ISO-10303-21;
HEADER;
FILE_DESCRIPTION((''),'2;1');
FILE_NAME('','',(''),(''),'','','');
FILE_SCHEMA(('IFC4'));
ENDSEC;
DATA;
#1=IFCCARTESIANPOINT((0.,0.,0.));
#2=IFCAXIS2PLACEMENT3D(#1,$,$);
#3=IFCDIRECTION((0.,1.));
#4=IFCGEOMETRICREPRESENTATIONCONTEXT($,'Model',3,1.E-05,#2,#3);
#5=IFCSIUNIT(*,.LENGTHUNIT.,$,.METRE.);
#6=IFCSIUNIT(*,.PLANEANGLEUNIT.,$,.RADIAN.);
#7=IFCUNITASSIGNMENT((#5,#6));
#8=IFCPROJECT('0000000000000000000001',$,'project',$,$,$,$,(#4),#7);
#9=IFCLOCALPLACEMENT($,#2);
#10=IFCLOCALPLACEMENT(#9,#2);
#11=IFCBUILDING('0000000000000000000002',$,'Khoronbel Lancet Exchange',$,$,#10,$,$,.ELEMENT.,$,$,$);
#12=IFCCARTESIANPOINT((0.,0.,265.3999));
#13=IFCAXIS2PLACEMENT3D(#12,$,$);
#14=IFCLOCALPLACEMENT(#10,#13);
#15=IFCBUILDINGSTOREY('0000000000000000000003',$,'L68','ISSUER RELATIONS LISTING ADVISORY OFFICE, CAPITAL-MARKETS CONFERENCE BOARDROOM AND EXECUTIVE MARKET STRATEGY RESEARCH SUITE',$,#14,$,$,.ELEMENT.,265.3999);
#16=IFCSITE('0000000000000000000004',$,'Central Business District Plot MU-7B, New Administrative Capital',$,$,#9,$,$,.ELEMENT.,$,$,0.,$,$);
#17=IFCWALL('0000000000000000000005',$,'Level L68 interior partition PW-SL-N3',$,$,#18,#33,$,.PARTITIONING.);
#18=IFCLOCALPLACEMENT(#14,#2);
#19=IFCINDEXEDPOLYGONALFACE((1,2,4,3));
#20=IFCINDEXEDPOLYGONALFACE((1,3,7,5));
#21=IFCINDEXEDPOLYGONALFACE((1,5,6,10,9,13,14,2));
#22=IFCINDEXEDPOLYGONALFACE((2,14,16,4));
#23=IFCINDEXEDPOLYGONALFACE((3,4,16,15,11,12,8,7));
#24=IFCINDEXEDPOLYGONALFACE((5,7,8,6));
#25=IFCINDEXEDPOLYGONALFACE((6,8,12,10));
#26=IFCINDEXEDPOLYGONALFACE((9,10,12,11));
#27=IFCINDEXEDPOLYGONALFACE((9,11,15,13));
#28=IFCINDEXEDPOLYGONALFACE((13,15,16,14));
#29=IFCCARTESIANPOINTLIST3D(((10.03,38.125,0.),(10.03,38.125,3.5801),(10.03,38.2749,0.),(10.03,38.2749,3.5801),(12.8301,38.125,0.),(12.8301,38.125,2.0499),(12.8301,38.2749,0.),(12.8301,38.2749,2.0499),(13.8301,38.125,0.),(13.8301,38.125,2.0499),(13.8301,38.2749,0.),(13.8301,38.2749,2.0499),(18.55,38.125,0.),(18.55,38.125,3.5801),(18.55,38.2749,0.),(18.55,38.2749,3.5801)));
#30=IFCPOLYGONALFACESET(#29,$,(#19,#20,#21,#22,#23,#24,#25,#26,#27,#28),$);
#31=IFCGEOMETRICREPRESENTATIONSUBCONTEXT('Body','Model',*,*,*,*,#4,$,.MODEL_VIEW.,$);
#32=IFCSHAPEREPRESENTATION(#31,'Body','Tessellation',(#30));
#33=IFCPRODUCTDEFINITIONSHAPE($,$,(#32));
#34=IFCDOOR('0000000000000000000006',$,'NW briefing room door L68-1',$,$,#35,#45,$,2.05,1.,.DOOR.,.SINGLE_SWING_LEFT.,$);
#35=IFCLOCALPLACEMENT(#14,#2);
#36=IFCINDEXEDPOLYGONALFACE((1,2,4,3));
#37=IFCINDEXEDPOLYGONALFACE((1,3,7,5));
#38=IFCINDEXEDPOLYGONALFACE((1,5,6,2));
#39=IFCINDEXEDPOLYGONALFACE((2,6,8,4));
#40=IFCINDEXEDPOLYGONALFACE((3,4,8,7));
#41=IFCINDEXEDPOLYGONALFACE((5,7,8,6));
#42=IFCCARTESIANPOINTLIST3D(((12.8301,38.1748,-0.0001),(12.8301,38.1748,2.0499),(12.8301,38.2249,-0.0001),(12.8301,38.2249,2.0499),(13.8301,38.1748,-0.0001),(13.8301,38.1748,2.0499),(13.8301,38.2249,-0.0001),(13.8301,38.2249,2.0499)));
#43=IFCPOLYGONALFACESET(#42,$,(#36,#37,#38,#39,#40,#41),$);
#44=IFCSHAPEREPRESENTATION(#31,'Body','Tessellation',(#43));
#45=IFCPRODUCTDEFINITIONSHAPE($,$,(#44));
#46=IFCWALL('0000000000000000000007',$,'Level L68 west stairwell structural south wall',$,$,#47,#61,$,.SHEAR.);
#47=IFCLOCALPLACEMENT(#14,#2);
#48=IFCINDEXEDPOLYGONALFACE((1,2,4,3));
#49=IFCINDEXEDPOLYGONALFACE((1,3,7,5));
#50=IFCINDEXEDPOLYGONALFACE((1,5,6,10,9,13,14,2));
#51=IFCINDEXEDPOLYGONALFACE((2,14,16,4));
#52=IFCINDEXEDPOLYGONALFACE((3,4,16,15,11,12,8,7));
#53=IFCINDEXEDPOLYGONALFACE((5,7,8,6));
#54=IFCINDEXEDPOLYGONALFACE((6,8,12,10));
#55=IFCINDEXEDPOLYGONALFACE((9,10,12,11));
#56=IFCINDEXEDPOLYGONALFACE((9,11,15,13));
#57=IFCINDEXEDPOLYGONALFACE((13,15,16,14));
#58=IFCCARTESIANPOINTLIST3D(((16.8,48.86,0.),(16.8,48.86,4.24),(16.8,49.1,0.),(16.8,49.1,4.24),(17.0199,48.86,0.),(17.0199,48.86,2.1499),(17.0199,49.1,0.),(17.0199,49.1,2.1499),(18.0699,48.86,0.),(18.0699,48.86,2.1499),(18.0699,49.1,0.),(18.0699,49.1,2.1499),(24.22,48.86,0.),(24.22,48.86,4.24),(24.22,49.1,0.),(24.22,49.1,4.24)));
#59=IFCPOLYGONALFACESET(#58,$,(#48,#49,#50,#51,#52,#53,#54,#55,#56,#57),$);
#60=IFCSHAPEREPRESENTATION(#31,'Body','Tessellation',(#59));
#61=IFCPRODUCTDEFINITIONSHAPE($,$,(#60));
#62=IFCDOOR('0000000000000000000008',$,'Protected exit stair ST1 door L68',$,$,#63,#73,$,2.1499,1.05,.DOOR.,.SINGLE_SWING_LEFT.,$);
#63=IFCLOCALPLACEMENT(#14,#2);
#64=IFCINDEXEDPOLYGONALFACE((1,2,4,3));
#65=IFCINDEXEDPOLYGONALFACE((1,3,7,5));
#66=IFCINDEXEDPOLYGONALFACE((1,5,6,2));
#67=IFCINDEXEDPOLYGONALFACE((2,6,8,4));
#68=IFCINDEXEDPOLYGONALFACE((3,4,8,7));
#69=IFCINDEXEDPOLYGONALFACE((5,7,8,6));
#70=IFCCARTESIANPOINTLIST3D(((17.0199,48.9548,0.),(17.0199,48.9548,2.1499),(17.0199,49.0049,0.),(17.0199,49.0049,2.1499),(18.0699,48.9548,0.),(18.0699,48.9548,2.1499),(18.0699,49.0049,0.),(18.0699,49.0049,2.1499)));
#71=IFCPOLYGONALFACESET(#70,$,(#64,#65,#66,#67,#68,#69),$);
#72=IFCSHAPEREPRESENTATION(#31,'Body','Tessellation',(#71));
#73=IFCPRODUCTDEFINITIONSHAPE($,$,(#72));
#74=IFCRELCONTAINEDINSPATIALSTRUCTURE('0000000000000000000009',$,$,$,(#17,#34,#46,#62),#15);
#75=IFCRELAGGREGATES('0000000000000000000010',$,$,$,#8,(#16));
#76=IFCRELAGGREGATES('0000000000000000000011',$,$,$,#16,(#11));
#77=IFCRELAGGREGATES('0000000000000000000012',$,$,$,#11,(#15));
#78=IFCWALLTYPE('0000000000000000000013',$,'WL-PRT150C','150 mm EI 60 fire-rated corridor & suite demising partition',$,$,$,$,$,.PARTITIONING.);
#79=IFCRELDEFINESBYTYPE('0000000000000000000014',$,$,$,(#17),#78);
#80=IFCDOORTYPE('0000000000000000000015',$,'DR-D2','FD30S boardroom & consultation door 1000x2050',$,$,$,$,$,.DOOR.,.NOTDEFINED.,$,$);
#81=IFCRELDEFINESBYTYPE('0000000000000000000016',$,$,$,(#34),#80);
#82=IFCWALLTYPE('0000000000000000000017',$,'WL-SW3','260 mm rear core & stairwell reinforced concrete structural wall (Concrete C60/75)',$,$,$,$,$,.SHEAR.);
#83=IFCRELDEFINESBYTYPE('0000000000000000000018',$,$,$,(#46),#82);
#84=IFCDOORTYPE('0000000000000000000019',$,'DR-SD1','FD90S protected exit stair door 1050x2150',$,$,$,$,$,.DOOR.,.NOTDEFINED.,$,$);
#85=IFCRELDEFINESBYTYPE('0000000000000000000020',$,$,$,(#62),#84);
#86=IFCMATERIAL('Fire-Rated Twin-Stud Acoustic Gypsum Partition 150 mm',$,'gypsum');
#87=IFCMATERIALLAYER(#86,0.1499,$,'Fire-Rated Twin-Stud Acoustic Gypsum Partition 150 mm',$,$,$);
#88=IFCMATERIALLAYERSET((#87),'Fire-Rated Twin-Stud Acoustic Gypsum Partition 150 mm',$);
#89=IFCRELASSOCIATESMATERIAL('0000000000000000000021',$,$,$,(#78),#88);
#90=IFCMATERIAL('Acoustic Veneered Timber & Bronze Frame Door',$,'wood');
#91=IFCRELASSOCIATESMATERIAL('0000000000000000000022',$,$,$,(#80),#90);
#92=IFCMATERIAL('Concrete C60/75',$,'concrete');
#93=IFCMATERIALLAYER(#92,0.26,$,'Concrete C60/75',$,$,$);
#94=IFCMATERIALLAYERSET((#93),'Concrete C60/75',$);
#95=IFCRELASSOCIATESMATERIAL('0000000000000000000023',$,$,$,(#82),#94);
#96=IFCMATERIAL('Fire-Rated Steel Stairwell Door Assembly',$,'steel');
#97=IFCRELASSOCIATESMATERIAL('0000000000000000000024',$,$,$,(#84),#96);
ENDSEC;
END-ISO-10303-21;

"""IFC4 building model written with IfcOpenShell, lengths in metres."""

from ifc_helpers import new_model, si_unit, direction, frame, frame_2d, origin, place, context, subcontext, project, spatial, rectangle, extrude, material, layer, layer_set, type_object, element, fill, save


model = new_model("IFC4")

# Units and contexts
model_context = context("Model", 3, precision=1e-05, world=origin(), true_north=direction((0.0, 1.0)))
body_context = subcontext(model_context, "Body", "Model", "MODEL_VIEW")
ifc_project = project(units=[si_unit("LENGTHUNIT", "METRE"), si_unit("PLANEANGLEUNIT", "RADIAN")], contexts=[model_context])

# Site, building, storey
site_placement = place(None, origin())
site = spatial("IfcSite", under=ifc_project, at=site_placement, Name="Central Business District Plot MU-7B, New Administrative Capital", CompositionType="ELEMENT", RefElevation=0.0)
building_placement = place(site_placement, origin())
building = spatial("IfcBuilding", under=site, at=building_placement, Name="Khoronbel Lancet Exchange", CompositionType="ELEMENT")
storey_placement = place(building_placement, frame((0.0, 0.0, 265.3999)))
storey = spatial("IfcBuildingStorey", under=building, at=storey_placement, Name="L68", Description="ISSUER RELATIONS LISTING ADVISORY OFFICE, CAPITAL-MARKETS CONFERENCE BOARDROOM AND EXECUTIVE MARKET STRATEGY RESEARCH SUITE", CompositionType="ELEMENT", Elevation=265.3999)

# Shared definitions
ifc_material_1 = material(Name="Concrete C60/75", Category="concrete")

# Walls, openings, doors
ifc_material_2 = material(Name="Fire-Rated Twin-Stud Acoustic Gypsum Partition 150 mm", Category="gypsum")
ifc_layer_1 = layer(ifc_material_2, 0.1499, Name="Fire-Rated Twin-Stud Acoustic Gypsum Partition 150 mm")
ifc_layer_set_1 = layer_set([ifc_layer_1], Name="Fire-Rated Twin-Stud Acoustic Gypsum Partition 150 mm")
wall_type_1 = type_object("IfcWallType", Name="WL-PRT150C", Description="150 mm EI 60 fire-rated corridor & suite demising partition", PredefinedType="PARTITIONING", material=ifc_layer_set_1)
wall_1_placement = place(storey_placement, frame((10.03, 38.2, 0.0), z_axis=(0.0, 0.0, 1.0), x_axis=(1.0, 0.0, 0.0)))
wall_1 = element("IfcWall", 1, at=wall_1_placement, inside=storey, type_object=wall_type_1, Name="Level L68 interior partition PW-SL-N3", PredefinedType="PARTITIONING", context=body_context, shape_type="SweptSolid", body=[
    extrude(rectangle(XDim=8.52, YDim=0.1499, at=frame_2d((4.26, 0.0))), origin(), (0.0, 0.0, 1.0), 3.5801),
])
opening_1_placement = place(wall_1_placement, frame((2.8, 0.0, 0.0)))
opening_1 = element("IfcOpeningElement", 2, at=opening_1_placement, cuts=wall_1, PredefinedType="OPENING", context=body_context, shape_type="SweptSolid", body=[
    extrude(rectangle(XDim=1.0, YDim=2.05, at=frame_2d((0.5, 1.0249))), frame((0.0, 0.085, 0.0), z_axis=(0.0, -1.0, 0.0), x_axis=(1.0, 0.0, 0.0)), (0.0, 0.0, 1.0), 0.1699),
])
ifc_material_3 = material(Name="Acoustic Veneered Timber & Bronze Frame Door", Category="wood")
door_type_1 = type_object("IfcDoorType", Name="DR-D2", Description="FD30S boardroom & consultation door 1000x2050", OperationType="NOTDEFINED", PredefinedType="DOOR", material=ifc_material_3)
door_1_placement = place(opening_1_placement, origin())
door_1 = element("IfcDoor", 3, at=door_1_placement, inside=storey, type_object=door_type_1, Name="NW briefing room door L68-1", OperationType="SINGLE_SWING_LEFT", OverallHeight=2.05, OverallWidth=1.0, PredefinedType="DOOR", context=body_context, shape_type="SweptSolid", body=[
    extrude(rectangle(XDim=1.0, YDim=2.05, at=frame_2d((0.5, 1.0249))), frame((0.0, 0.0249, 0.0), z_axis=(0.0, -1.0, 0.0), x_axis=(1.0, 0.0, 0.0)), (0.0, 0.0, 1.0), 0.05),
])
fill(opening_1, door_1)
ifc_layer_2 = layer(ifc_material_1, 0.26, Name="Concrete C60/75")
ifc_layer_set_2 = layer_set([ifc_layer_2], Name="Concrete C60/75")
wall_type_2 = type_object("IfcWallType", Name="WL-SW3", Description="260 mm rear core & stairwell reinforced concrete structural wall (Concrete C60/75)", PredefinedType="SHEAR", material=ifc_layer_set_2)
wall_2_placement = place(storey_placement, frame((16.8, 48.98, 0.0), z_axis=(0.0, 0.0, 1.0), x_axis=(1.0, 0.0, 0.0)))
wall_2 = element("IfcWall", 4, at=wall_2_placement, inside=storey, type_object=wall_type_2, Name="Level L68 west stairwell structural south wall", PredefinedType="SHEAR", context=body_context, shape_type="SweptSolid", body=[
    extrude(rectangle(XDim=7.4199, YDim=0.24, at=frame_2d((3.71, 0.0))), origin(), (0.0, 0.0, 1.0), 4.24),
])
opening_2_placement = place(wall_2_placement, frame((0.22, 0.0, 0.0)))
opening_2 = element("IfcOpeningElement", 5, at=opening_2_placement, cuts=wall_2, PredefinedType="OPENING", context=body_context, shape_type="SweptSolid", body=[
    extrude(rectangle(XDim=1.05, YDim=2.1499, at=frame_2d((0.5249, 1.075))), frame((0.0, 0.1299, 0.0), z_axis=(0.0, -1.0, 0.0), x_axis=(1.0, 0.0, 0.0)), (0.0, 0.0, 1.0), 0.26),
])
ifc_material_4 = material(Name="Fire-Rated Steel Stairwell Door Assembly", Category="steel")
door_type_2 = type_object("IfcDoorType", Name="DR-SD1", Description="FD90S protected exit stair door 1050x2150", OperationType="NOTDEFINED", PredefinedType="DOOR", material=ifc_material_4)
door_2_placement = place(opening_2_placement, origin())
door_2 = element("IfcDoor", 6, at=door_2_placement, inside=storey, type_object=door_type_2, Name="Protected exit stair ST1 door L68", OperationType="SINGLE_SWING_LEFT", OverallHeight=2.1499, OverallWidth=1.05, PredefinedType="DOOR", context=body_context, shape_type="SweptSolid", body=[
    extrude(rectangle(XDim=1.05, YDim=2.1499, at=frame_2d((0.5249, 1.075))), frame((0.0, 0.0249, 0.0), z_axis=(0.0, -1.0, 0.0), x_axis=(1.0, 0.0, 0.0)), (0.0, 0.0, 1.0), 0.05),
])
fill(opening_2, door_2)

save(model, "model.ifc")
